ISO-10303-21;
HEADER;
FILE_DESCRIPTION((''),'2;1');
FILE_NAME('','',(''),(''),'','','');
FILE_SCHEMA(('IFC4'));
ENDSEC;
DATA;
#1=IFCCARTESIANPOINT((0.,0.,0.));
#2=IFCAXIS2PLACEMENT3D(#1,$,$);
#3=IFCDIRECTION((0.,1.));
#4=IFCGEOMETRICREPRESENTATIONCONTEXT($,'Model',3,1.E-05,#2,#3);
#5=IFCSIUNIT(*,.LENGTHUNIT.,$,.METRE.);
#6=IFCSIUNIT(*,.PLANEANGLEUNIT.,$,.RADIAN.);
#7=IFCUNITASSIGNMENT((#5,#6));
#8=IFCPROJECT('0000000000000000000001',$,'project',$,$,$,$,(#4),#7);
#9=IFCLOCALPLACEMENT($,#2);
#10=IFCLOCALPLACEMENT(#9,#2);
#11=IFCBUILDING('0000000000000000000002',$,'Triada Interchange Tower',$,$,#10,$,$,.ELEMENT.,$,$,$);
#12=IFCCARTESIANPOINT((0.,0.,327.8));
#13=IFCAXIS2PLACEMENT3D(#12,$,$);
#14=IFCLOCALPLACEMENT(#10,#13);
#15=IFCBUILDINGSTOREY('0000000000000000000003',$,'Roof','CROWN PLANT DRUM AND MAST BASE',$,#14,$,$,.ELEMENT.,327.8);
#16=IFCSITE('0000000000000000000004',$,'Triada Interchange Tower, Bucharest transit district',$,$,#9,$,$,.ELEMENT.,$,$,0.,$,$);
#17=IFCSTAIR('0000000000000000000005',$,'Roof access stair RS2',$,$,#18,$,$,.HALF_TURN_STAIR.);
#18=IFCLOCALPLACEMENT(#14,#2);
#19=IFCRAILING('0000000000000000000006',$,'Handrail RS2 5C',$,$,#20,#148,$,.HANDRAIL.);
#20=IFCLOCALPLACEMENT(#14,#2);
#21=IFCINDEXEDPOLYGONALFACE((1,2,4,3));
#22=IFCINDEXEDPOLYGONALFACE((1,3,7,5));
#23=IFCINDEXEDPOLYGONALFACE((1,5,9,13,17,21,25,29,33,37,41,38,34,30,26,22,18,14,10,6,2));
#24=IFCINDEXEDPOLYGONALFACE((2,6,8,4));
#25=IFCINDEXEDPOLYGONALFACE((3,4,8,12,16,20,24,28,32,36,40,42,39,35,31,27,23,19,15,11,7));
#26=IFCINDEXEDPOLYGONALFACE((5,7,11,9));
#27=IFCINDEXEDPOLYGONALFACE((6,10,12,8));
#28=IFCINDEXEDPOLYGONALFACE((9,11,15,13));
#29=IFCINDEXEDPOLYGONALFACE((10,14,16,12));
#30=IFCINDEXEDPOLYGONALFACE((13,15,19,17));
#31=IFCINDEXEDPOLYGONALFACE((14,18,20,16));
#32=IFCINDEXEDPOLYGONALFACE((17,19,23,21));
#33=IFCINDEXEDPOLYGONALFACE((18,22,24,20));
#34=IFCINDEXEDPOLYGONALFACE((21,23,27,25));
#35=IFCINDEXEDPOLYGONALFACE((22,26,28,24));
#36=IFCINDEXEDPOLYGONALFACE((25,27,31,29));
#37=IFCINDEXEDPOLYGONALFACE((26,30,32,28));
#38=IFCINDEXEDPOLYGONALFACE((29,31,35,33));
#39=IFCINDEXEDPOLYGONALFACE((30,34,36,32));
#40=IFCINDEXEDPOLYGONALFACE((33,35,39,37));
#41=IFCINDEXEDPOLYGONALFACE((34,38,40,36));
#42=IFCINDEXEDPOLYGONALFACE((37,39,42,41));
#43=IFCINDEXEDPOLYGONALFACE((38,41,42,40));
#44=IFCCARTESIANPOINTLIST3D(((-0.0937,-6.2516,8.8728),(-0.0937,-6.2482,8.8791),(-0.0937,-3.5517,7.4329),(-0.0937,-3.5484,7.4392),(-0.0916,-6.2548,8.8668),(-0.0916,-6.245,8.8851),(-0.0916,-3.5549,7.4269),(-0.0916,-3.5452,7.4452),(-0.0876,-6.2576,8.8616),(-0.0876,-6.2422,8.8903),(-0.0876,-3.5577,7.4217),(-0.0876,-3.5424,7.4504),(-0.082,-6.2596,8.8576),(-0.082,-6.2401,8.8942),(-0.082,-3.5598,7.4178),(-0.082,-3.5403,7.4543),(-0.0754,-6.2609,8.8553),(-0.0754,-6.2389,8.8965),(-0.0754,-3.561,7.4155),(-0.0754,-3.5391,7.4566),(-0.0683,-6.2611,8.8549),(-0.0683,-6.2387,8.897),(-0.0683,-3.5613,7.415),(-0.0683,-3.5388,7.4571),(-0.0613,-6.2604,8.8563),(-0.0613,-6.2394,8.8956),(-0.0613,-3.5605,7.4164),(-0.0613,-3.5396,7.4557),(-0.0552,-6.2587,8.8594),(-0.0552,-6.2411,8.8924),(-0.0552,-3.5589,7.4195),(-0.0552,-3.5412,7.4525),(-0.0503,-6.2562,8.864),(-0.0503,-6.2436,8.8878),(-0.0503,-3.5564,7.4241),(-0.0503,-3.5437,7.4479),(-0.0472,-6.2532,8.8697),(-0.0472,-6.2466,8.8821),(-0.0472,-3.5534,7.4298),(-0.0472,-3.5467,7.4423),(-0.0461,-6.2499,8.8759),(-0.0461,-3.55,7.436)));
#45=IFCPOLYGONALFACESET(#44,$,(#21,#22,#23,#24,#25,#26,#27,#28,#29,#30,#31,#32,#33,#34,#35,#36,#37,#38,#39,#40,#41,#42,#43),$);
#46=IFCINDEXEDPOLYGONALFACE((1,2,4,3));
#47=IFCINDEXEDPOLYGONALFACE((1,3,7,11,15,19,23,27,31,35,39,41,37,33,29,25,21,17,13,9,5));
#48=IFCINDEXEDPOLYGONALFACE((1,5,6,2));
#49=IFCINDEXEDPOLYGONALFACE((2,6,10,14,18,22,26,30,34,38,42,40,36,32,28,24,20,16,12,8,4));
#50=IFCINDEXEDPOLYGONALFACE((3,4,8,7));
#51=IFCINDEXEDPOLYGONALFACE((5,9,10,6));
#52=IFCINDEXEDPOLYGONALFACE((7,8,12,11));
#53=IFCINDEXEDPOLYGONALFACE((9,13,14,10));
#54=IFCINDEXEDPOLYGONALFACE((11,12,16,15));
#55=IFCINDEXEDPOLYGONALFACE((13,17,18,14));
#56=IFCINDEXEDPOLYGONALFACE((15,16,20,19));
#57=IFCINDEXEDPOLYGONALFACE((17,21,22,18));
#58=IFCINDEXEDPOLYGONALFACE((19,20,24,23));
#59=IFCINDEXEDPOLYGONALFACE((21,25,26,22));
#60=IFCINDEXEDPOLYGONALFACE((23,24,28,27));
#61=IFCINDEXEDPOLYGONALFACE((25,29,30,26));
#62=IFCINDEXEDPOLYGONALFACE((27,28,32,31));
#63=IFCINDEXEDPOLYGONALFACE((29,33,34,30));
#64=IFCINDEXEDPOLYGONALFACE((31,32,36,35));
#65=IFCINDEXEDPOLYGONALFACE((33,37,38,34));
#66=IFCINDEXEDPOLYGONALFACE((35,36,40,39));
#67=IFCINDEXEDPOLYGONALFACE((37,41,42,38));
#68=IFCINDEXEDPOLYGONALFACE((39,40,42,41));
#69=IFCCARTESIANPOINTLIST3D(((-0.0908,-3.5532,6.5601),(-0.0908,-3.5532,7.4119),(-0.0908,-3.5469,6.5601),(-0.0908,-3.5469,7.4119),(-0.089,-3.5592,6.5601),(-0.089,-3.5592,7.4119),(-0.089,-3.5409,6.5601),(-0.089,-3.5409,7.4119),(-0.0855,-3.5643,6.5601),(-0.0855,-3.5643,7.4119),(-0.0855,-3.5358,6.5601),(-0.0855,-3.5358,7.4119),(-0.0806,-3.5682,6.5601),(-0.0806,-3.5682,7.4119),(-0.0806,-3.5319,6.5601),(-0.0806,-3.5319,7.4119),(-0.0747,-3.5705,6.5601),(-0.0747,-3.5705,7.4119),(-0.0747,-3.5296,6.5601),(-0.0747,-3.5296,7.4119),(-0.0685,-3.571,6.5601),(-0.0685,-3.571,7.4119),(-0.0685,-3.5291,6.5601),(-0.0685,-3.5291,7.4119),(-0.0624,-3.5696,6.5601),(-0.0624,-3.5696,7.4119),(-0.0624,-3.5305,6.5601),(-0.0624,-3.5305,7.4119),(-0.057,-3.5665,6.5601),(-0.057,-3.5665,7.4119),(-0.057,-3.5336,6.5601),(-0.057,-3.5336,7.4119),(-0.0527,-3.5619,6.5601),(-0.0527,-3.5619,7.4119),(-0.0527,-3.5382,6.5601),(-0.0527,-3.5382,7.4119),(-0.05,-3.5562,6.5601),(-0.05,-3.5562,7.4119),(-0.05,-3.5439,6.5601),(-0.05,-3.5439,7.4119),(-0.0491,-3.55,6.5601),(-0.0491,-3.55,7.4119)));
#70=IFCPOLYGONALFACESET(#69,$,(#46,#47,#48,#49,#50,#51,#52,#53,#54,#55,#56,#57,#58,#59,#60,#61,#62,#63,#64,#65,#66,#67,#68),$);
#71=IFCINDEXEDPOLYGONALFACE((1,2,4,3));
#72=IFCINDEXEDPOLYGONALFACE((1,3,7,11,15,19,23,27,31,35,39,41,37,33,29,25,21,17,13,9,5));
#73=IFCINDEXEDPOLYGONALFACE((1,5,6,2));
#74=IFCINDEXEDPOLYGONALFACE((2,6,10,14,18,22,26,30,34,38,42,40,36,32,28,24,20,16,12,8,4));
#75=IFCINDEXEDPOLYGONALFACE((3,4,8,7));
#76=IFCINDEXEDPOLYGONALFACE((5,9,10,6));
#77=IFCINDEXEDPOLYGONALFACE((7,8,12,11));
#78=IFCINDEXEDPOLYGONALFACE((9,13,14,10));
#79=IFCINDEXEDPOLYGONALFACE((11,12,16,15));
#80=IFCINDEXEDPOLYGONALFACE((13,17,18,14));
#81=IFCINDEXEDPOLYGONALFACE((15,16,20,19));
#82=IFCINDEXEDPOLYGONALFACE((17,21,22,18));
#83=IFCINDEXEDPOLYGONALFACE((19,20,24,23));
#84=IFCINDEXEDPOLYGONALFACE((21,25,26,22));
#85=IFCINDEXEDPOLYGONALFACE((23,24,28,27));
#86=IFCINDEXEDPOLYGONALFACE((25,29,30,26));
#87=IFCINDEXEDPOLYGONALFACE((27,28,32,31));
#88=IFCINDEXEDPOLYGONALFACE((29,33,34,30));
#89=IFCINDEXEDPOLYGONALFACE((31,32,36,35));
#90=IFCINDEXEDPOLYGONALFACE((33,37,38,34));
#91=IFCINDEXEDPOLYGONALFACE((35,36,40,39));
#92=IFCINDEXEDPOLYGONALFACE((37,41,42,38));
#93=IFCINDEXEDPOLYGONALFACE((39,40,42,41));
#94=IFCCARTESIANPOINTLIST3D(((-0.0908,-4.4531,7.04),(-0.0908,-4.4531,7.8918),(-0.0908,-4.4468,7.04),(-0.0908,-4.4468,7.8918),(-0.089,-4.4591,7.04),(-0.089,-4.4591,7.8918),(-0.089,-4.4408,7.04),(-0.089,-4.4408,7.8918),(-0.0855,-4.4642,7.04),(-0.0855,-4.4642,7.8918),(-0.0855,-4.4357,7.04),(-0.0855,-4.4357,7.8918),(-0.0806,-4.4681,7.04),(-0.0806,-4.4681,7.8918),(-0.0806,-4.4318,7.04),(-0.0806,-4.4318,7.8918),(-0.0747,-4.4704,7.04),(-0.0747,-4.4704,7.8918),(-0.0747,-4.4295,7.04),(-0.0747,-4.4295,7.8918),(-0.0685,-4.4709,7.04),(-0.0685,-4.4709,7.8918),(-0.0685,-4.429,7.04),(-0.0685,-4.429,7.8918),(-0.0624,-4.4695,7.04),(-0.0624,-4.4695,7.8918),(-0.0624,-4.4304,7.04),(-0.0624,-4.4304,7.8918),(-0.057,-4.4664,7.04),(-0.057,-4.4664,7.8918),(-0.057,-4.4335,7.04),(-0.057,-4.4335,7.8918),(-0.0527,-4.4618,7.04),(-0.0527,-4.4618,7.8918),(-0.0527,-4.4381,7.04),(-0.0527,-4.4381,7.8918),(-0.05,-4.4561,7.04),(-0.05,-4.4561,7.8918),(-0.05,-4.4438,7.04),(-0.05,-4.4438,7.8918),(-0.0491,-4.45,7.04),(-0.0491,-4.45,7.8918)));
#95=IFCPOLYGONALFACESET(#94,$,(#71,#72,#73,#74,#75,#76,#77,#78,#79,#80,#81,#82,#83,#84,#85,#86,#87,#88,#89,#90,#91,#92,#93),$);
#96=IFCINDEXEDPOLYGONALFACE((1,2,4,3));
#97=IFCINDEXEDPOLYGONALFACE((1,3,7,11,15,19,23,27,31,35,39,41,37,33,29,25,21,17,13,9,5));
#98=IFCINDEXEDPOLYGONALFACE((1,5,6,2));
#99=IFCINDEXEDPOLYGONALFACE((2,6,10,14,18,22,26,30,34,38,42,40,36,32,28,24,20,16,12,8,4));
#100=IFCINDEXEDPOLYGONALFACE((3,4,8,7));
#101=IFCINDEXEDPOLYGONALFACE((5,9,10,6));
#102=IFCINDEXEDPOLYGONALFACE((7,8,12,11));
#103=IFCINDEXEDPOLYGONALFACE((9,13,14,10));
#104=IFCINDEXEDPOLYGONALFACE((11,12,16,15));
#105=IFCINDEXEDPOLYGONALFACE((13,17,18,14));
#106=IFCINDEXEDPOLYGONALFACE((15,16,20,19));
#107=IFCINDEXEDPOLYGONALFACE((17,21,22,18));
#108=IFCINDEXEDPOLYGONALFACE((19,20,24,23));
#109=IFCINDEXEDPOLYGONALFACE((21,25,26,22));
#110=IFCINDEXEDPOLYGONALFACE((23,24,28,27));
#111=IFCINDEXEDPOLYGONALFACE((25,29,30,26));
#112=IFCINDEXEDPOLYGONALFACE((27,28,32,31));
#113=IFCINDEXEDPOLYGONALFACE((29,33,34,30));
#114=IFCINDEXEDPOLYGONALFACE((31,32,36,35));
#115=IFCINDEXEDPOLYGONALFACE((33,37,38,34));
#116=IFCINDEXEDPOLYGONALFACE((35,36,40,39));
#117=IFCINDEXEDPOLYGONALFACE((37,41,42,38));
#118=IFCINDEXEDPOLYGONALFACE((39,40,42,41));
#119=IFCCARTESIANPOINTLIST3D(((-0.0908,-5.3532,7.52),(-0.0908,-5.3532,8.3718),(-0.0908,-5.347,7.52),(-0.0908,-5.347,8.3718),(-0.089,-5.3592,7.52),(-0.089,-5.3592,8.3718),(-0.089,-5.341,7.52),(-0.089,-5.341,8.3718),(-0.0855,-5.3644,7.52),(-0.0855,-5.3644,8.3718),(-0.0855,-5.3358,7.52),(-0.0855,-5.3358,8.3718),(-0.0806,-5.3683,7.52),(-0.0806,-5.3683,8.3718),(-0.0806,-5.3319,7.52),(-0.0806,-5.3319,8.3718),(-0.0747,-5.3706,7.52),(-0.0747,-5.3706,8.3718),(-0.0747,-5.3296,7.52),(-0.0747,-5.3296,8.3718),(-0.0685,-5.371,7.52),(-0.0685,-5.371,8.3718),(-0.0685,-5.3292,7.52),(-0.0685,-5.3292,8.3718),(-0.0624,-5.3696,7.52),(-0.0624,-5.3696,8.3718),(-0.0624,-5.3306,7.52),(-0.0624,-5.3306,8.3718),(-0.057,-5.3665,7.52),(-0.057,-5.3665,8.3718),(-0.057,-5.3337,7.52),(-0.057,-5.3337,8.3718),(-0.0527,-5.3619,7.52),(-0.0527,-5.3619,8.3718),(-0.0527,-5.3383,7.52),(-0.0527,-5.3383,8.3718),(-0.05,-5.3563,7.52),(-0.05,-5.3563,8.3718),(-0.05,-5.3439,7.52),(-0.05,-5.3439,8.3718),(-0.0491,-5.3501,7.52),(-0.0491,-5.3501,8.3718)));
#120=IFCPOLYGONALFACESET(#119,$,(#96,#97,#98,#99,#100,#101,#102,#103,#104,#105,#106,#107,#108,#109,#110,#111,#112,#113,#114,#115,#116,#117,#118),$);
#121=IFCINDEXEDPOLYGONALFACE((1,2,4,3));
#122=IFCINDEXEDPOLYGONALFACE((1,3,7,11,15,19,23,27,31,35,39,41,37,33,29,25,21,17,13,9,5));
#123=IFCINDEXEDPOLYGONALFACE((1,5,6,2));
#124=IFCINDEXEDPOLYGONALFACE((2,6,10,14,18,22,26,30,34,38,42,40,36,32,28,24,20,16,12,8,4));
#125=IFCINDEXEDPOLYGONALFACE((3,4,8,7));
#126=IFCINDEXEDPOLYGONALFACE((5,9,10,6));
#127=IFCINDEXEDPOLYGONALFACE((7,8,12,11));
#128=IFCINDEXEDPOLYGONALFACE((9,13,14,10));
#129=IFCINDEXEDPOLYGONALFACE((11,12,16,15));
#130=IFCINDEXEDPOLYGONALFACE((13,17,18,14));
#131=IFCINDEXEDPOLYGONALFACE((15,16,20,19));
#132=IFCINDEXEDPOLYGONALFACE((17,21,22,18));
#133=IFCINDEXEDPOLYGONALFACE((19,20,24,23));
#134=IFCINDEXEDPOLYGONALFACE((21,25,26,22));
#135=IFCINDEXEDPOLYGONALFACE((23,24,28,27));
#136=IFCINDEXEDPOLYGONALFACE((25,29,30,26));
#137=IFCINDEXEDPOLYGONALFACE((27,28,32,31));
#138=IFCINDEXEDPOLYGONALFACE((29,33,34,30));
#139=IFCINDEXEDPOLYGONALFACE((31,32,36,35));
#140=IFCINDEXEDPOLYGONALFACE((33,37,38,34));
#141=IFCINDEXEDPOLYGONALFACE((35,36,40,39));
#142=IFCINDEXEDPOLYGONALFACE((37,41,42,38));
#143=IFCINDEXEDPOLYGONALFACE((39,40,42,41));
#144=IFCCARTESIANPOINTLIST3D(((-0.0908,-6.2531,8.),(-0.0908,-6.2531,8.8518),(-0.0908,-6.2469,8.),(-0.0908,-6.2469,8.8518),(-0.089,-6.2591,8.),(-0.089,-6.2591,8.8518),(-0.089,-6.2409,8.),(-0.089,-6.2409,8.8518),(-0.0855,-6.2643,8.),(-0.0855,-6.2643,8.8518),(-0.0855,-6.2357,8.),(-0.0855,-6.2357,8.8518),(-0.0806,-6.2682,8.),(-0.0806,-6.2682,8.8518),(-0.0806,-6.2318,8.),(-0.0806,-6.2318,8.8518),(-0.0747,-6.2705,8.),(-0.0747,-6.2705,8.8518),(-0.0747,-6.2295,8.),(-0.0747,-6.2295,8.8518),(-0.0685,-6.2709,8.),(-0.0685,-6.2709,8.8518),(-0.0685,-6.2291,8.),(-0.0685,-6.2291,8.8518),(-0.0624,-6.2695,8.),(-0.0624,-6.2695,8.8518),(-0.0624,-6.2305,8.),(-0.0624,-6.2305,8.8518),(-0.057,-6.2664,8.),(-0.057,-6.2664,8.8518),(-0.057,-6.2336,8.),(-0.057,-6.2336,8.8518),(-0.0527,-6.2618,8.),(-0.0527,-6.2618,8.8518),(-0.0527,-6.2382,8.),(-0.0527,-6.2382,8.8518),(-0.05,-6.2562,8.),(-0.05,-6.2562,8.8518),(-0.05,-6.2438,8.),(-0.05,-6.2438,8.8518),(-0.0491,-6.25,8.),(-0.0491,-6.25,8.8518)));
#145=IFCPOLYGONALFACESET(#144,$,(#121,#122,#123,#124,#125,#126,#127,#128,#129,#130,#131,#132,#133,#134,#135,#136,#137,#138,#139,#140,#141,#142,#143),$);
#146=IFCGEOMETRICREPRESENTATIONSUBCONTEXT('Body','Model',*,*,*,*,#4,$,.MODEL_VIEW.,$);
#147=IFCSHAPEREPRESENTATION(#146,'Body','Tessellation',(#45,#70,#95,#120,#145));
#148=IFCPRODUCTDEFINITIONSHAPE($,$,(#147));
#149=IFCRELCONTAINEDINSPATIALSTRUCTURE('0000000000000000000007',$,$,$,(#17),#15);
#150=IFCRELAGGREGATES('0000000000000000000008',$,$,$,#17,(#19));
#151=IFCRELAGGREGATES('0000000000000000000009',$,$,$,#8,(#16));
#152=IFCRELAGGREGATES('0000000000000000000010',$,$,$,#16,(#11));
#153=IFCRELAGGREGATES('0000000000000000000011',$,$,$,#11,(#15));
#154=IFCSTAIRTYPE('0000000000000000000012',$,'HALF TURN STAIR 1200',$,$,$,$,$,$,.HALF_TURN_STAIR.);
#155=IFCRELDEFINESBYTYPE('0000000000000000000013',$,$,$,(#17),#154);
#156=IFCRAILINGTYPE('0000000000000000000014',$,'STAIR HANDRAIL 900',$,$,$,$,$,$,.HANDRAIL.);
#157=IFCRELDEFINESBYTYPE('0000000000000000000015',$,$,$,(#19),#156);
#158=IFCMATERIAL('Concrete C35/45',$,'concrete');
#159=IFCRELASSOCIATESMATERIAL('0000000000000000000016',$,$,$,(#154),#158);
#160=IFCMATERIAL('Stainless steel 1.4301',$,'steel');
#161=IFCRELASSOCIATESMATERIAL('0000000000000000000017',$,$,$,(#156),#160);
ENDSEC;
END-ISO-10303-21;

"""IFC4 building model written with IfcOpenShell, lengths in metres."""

from ifc_helpers import new_model, si_unit, direction, frame, origin, origin_2d, place, context, subcontext, project, spatial, circle, extrude, material, type_object, element, aggregate, save


model = new_model("IFC4")

# Units and contexts
model_context = context("Model", 3, precision=1e-05, world=origin(), true_north=direction((0.0, 1.0)))
body_context = subcontext(model_context, "Body", "Model", "MODEL_VIEW")
ifc_project = project(units=[si_unit("LENGTHUNIT", "METRE"), si_unit("PLANEANGLEUNIT", "RADIAN")], contexts=[model_context])

# Site, building, storey
site_placement = place(None, origin())
site = spatial("IfcSite", under=ifc_project, at=site_placement, Name="Triada Interchange Tower, Bucharest transit district", CompositionType="ELEMENT", RefElevation=0.0)
building_placement = place(site_placement, origin())
building = spatial("IfcBuilding", under=site, at=building_placement, Name="Triada Interchange Tower", CompositionType="ELEMENT")
storey_placement = place(building_placement, frame((0.0, 0.0, 327.8)))
storey = spatial("IfcBuildingStorey", under=building, at=storey_placement, Name="Roof", Description="CROWN PLANT DRUM AND MAST BASE", CompositionType="ELEMENT", Elevation=327.8)

# Stair
ifc_material_1 = material(Name="Concrete C35/45", Category="concrete")
stair_type = type_object("IfcStairType", Name="HALF TURN STAIR 1200", PredefinedType="HALF_TURN_STAIR", material=ifc_material_1)
stair_placement = place(storey_placement, origin())
stair = element("IfcStair", 1, at=stair_placement, inside=storey, type_object=stair_type, Name="Roof access stair RS2", PredefinedType="HALF_TURN_STAIR")

# Railing
ifc_material_2 = material(Name="Stainless steel 1.4301", Category="steel")
railing_type = type_object("IfcRailingType", Name="STAIR HANDRAIL 900", PredefinedType="HANDRAIL", material=ifc_material_2)
railing_1_placement = place(storey_placement, frame((-0.0701, -3.55, 6.5601)))
railing_1 = element("IfcRailing", 2, at=railing_1_placement, type_object=railing_type, Name="Handrail RS2 5C", PredefinedType="HANDRAIL", context=body_context, shape_type="SweptSolid", body=[
    extrude(circle(Radius=0.0239, at=origin_2d()), frame((0.0, 0.0, 0.876), z_axis=(0.0, -0.882357, 0.47058), x_axis=(1.0, 0.0, 0.0)), (0.0, 0.0, 1.0), 3.0598),
    extrude(circle(Radius=0.021, at=origin_2d()), origin(), (0.0, 0.0, 1.0), 0.8518),
    extrude(circle(Radius=0.021, at=origin_2d()), frame((0.0, -0.8999, 0.48)), (0.0, 0.0, 1.0), 0.8518),
    extrude(circle(Radius=0.021, at=origin_2d()), frame((0.0, -1.8, 0.96)), (0.0, 0.0, 1.0), 0.8518),
    extrude(circle(Radius=0.021, at=origin_2d()), frame((0.0, -2.7, 1.4399)), (0.0, 0.0, 1.0), 0.8518),
])
aggregate(stair, [railing_1])

save(model, "model.ifc")
